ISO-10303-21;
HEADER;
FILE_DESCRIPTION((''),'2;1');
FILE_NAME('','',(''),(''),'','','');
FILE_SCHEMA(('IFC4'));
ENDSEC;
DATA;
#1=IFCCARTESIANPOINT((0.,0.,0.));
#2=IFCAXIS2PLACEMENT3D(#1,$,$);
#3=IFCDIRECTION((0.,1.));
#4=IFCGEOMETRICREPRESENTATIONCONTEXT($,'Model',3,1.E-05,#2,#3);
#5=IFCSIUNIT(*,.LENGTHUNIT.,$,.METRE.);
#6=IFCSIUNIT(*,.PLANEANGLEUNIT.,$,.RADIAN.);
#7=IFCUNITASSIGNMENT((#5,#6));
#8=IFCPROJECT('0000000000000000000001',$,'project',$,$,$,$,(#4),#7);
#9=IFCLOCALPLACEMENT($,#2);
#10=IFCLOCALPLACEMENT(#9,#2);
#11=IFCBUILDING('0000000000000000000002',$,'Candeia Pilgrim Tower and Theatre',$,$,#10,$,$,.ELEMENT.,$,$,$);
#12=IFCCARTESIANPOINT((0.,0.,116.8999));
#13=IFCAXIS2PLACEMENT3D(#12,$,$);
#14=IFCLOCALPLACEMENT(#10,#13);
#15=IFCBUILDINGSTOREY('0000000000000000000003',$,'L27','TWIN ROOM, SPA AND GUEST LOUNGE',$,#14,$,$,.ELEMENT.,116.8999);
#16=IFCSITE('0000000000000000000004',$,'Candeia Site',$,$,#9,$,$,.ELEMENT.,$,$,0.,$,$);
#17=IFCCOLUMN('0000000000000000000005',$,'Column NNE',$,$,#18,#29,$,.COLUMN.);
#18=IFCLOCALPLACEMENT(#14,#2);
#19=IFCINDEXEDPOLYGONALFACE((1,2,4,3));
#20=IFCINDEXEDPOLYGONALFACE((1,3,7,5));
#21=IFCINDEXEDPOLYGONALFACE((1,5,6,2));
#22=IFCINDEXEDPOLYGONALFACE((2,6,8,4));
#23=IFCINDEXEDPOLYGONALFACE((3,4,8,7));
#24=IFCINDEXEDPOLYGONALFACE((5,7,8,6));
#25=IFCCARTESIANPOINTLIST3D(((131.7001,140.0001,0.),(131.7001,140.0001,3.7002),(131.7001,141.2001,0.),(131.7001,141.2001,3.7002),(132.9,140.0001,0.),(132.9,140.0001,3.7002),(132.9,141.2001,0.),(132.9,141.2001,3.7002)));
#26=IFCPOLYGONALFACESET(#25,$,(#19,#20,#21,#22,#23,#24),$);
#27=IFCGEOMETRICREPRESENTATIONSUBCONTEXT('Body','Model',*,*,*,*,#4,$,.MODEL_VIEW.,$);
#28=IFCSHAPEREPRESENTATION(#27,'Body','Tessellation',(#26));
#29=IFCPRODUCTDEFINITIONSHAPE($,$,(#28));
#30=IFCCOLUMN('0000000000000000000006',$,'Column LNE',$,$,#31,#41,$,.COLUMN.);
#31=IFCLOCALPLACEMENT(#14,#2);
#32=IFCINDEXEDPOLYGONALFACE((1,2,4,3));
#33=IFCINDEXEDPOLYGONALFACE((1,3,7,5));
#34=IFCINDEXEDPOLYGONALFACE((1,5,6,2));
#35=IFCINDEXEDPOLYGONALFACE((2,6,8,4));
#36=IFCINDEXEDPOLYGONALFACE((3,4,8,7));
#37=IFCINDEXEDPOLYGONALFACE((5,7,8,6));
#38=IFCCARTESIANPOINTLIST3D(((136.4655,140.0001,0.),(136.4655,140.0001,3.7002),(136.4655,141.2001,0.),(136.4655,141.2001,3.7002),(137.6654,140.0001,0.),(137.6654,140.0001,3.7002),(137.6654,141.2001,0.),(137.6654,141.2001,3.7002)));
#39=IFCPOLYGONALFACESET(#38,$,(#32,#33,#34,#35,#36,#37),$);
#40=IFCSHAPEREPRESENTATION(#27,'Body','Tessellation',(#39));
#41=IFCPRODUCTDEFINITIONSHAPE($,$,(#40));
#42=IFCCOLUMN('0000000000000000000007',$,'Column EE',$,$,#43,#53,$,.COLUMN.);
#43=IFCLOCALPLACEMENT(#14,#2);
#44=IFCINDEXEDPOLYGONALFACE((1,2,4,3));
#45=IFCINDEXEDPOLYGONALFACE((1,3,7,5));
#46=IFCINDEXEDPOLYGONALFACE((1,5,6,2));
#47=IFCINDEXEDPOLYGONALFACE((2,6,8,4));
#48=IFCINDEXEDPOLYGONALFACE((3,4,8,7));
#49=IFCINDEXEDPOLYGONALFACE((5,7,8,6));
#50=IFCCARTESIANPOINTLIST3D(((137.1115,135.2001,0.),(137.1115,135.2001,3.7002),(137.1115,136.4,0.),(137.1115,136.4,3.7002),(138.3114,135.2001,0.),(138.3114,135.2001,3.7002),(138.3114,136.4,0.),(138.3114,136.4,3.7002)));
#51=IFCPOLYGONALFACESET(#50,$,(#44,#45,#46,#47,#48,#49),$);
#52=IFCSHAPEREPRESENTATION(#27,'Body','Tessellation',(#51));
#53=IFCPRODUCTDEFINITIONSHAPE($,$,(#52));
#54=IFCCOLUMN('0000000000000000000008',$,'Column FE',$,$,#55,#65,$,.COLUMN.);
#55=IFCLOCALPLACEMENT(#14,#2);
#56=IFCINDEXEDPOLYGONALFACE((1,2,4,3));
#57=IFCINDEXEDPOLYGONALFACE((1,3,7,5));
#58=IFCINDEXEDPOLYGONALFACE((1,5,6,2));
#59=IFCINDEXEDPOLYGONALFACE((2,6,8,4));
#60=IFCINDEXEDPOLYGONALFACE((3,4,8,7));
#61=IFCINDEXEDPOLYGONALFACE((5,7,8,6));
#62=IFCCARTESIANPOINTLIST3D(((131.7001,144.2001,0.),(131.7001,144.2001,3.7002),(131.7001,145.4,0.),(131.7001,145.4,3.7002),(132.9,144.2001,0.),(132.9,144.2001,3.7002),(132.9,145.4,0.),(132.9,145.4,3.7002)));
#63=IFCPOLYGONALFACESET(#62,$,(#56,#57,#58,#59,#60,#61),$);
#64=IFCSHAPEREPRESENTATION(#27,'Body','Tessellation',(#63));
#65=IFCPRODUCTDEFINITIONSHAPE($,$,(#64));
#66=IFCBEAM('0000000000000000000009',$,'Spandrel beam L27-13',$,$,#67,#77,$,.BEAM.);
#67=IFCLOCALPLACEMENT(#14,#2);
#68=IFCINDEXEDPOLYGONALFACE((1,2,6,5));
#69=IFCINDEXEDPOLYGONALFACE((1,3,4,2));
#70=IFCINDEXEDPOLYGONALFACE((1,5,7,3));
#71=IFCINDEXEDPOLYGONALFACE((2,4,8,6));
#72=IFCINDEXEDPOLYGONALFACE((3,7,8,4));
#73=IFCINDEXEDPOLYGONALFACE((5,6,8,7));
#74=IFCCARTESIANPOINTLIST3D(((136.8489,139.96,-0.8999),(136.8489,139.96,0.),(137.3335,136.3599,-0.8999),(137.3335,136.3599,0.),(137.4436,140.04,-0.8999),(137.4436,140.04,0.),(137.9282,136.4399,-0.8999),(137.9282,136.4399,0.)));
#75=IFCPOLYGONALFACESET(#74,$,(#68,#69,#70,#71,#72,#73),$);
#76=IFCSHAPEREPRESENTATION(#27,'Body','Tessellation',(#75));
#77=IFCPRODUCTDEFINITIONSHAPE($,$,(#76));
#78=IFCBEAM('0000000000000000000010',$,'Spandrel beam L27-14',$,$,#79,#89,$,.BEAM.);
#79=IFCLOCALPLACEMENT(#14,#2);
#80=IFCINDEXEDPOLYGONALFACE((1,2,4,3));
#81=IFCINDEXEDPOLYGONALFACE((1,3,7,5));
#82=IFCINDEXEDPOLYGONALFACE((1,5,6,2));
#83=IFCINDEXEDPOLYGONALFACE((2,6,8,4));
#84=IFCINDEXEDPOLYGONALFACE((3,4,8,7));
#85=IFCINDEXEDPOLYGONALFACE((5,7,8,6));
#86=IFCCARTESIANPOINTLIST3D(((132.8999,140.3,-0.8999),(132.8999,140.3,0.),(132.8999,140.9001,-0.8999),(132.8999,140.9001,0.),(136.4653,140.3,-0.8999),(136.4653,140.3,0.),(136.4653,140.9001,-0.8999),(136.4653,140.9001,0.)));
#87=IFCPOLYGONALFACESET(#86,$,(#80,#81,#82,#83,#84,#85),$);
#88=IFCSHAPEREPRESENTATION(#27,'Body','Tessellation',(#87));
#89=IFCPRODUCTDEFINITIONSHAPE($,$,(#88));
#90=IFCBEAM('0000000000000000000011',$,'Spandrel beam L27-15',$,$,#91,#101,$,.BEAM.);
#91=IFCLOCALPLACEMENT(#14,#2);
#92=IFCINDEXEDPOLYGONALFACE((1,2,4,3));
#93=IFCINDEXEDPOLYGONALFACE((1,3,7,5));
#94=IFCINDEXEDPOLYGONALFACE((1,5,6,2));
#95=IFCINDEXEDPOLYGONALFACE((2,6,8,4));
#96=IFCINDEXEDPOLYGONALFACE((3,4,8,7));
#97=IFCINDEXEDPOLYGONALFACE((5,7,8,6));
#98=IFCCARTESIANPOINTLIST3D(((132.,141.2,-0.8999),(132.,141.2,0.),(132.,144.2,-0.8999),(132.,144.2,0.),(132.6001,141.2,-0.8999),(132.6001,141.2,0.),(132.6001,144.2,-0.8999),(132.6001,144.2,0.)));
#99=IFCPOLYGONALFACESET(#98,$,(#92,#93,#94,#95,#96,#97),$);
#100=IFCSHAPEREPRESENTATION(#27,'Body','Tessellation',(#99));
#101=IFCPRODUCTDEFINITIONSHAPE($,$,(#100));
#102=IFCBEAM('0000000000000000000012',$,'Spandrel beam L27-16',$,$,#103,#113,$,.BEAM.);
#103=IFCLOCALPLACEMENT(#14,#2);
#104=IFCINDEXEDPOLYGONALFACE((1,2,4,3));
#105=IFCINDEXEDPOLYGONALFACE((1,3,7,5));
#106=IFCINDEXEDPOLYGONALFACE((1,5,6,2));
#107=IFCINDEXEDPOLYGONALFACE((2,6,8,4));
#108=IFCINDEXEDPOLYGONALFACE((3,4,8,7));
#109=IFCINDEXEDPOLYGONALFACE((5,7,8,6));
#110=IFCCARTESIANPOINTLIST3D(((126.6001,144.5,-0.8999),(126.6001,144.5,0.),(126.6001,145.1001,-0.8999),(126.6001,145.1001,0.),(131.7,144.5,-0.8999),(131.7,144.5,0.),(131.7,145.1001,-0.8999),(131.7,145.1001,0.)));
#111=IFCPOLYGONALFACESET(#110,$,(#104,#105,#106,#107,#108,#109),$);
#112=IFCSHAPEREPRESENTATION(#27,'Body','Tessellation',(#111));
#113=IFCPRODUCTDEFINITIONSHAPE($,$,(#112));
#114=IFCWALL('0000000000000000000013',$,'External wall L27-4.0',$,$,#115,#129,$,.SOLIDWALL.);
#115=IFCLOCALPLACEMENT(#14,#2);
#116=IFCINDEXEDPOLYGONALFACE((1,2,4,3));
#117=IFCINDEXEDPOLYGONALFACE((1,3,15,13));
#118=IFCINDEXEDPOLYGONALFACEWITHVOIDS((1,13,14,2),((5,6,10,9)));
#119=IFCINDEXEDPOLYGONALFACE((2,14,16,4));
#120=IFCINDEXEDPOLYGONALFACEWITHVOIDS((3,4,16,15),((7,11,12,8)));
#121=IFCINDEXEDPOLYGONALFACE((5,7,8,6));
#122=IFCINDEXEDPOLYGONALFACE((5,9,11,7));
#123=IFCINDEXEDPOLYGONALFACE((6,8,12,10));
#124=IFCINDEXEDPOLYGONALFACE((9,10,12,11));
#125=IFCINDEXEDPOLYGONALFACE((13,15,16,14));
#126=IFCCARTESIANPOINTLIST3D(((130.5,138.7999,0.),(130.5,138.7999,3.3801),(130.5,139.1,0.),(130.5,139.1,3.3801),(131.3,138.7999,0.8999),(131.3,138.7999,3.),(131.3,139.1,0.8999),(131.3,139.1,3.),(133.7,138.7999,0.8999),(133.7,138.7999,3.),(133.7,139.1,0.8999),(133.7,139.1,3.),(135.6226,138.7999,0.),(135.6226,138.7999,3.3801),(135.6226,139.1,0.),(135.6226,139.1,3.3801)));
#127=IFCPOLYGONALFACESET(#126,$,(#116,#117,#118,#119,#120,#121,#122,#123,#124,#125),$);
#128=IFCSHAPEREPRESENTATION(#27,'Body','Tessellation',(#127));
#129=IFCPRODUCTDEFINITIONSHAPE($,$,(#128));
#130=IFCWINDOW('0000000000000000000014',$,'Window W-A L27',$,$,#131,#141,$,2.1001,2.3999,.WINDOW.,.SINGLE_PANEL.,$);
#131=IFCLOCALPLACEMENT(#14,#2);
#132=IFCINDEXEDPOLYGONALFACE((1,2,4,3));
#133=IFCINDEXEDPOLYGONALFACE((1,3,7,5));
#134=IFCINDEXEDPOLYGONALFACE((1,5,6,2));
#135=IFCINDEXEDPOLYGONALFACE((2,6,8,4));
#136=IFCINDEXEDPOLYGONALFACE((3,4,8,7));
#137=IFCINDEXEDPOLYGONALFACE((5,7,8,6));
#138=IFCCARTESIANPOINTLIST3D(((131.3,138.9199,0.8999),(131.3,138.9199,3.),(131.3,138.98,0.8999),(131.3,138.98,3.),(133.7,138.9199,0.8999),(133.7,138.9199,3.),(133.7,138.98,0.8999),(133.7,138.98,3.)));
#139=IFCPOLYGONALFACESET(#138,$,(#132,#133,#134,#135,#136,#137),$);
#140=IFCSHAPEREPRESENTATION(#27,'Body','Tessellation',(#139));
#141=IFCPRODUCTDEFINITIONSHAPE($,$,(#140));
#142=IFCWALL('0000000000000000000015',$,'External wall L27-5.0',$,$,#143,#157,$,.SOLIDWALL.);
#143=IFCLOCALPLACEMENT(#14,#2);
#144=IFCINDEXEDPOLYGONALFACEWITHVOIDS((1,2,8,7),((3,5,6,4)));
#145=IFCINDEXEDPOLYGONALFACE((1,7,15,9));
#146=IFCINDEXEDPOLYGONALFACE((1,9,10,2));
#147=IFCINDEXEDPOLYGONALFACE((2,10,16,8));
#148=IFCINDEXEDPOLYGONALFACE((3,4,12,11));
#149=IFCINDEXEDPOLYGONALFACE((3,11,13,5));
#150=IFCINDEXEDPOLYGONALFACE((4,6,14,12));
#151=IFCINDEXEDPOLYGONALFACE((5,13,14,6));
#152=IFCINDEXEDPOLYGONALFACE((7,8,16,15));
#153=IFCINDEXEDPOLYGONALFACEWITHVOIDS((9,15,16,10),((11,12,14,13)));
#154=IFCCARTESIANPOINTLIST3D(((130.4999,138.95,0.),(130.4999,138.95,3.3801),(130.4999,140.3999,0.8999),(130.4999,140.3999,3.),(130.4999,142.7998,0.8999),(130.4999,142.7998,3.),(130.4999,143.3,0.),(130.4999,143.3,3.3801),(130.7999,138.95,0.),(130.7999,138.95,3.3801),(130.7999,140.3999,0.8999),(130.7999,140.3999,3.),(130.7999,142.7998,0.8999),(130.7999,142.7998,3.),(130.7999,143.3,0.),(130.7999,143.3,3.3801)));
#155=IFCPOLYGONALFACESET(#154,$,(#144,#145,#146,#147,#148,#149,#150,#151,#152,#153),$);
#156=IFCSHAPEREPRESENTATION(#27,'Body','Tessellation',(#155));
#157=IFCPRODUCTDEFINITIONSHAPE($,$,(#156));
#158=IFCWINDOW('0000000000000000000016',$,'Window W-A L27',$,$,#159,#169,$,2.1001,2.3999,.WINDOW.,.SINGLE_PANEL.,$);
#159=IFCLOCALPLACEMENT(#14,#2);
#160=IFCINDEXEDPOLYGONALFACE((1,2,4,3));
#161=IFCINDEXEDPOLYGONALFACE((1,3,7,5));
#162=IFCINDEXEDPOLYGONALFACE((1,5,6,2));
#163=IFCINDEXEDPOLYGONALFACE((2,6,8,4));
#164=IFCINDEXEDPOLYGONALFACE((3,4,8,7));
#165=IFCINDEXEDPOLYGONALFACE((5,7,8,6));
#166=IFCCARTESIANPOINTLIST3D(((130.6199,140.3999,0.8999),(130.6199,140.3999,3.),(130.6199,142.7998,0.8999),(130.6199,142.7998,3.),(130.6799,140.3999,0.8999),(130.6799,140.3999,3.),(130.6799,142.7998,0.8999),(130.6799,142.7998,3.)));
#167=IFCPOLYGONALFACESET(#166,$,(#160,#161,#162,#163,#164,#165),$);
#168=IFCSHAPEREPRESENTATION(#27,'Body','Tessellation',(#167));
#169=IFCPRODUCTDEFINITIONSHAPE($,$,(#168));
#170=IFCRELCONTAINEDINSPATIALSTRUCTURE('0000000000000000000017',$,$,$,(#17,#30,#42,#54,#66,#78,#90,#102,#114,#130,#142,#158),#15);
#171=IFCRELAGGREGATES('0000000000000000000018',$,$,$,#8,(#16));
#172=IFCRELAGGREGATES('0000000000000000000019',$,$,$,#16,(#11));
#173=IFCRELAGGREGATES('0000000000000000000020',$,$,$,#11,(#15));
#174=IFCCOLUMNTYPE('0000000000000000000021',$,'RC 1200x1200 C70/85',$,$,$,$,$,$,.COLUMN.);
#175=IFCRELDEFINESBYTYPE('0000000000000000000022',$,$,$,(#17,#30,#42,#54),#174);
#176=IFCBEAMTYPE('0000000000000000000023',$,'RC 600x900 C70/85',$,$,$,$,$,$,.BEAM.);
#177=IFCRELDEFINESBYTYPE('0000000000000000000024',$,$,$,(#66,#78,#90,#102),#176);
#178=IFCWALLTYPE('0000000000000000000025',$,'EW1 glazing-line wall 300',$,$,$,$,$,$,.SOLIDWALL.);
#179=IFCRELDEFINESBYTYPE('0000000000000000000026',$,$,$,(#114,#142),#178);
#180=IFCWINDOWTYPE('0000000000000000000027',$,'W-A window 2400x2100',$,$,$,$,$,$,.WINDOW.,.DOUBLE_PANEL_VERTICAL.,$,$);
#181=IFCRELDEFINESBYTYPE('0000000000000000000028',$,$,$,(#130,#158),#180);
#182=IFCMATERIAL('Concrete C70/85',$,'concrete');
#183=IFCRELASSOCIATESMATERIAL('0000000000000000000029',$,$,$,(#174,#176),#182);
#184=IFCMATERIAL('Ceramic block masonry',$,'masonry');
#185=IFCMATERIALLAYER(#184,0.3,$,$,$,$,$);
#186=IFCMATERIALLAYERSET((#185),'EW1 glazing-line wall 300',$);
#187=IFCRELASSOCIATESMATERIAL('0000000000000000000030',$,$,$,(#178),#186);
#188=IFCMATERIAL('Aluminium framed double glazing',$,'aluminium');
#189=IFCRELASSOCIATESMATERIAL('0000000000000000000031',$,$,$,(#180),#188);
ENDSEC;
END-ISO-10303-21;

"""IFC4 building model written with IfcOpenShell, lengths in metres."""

from ifc_helpers import new_model, si_unit, direction, frame, frame_2d, origin, origin_2d, place, context, subcontext, project, spatial, rectangle, extrude, material, layer, layer_set, material_profile, profile_set, type_object, element, fill, save


model = new_model("IFC4")

# Units and contexts
model_context = context("Model", 3, precision=1e-05, world=origin(), true_north=direction((0.0, 1.0)))
body_context = subcontext(model_context, "Body", "Model", "MODEL_VIEW")
ifc_project = project(units=[si_unit("LENGTHUNIT", "METRE"), si_unit("PLANEANGLEUNIT", "RADIAN")], contexts=[model_context])

# Site, building, storey
site_placement = place(None, origin())
site = spatial("IfcSite", under=ifc_project, at=site_placement, Name="Candeia Site", CompositionType="ELEMENT", RefElevation=0.0)
building_placement = place(site_placement, origin())
building = spatial("IfcBuilding", under=site, at=building_placement, Name="Candeia Pilgrim Tower and Theatre", CompositionType="ELEMENT")
storey_placement = place(building_placement, frame((0.0, 0.0, 116.8999)))
storey = spatial("IfcBuildingStorey", under=building, at=storey_placement, Name="L27", Description="TWIN ROOM, SPA AND GUEST LOUNGE", CompositionType="ELEMENT", Elevation=116.8999)

# Columns
ifc_material_1 = material(Name="Concrete C70/85", Category="concrete")
ifc_material_profile_1 = material_profile(ifc_material_1, rectangle(XDim=1.2, YDim=1.2, at=origin_2d()))
ifc_profile_set_1 = profile_set([ifc_material_profile_1], Name="Concrete C70/85")
column_type = type_object("IfcColumnType", Name="RC 1200x1200 C70/85", PredefinedType="COLUMN", material=ifc_profile_set_1)
for number, where, z_axis, x_axis, name in (
    (1, (132.3, 140.6001, 0.0), (0.0, 0.0, 1.0), (1.0, 0.0, 0.0), "Column NNE"),
    (2, (137.0654, 140.6001, 0.0), (0.0, 0.0, 1.0), (1.0, 0.0, 0.0), "Column LNE"),
    (3, (137.7114, 135.8, 0.0), (0.0, 0.0, 1.0), (1.0, 0.0, 0.0), "Column EE"),
    (4, (132.3, 144.8, 0.0), (0.0, 0.0, 1.0), (1.0, 0.0, 0.0), "Column FE"),
):
    element("IfcColumn", number, at=place(storey_placement, frame(where, z_axis=z_axis, x_axis=x_axis)), inside=storey, type_object=column_type, Name=name, PredefinedType="COLUMN", context=body_context, shape_type="SweptSolid", body=[
        extrude(rectangle(XDim=1.2, YDim=1.2, at=origin_2d()), origin(), (0.0, 0.0, 1.0), 3.7002),
    ])

# Beams
ifc_material_profile_2 = material_profile(ifc_material_1, rectangle(XDim=0.6001, YDim=0.8999, at=origin_2d()))
ifc_profile_set_2 = profile_set([ifc_material_profile_2], Name="Concrete C70/85")
beam_type = type_object("IfcBeamType", Name="RC 600x900 C70/85", PredefinedType="BEAM", material=ifc_profile_set_2)
beam_1_placement = place(storey_placement, frame((137.6309, 136.3999, -0.45), z_axis=(-0.133409, 0.991061, 0.0), x_axis=(-0.991061, -0.133409, 0.0)))
element("IfcBeam", 5, at=beam_1_placement, inside=storey, type_object=beam_type, Name="Spandrel beam L27-13", PredefinedType="BEAM", context=body_context, shape_type="SweptSolid", body=[
    extrude(rectangle(XDim=0.6001, YDim=0.8999, at=origin_2d()), origin(), (0.0, 0.0, 1.0), 3.6326),
])
beam_2_placement = place(storey_placement, frame((136.4653, 140.6001, -0.45), z_axis=(-1.0, 0.0, 0.0), x_axis=(0.0, -1.0, 0.0)))
element("IfcBeam", 6, at=beam_2_placement, inside=storey, type_object=beam_type, Name="Spandrel beam L27-14", PredefinedType="BEAM", context=body_context, shape_type="SweptSolid", body=[
    extrude(rectangle(XDim=0.6001, YDim=0.8999, at=origin_2d()), origin(), (0.0, 0.0, 1.0), 3.5654),
])
beam_3_placement = place(storey_placement, frame((132.3, 141.2, -0.45), z_axis=(0.0, 1.0, 0.0), x_axis=(-1.0, 0.0, 0.0)))
element("IfcBeam", 7, at=beam_3_placement, inside=storey, type_object=beam_type, Name="Spandrel beam L27-15", PredefinedType="BEAM", context=body_context, shape_type="SweptSolid", body=[
    extrude(rectangle(XDim=0.6001, YDim=0.8999, at=origin_2d()), origin(), (0.0, 0.0, 1.0), 3.0),
])
beam_4_placement = place(storey_placement, frame((131.7, 144.8, -0.45), z_axis=(-1.0, 0.0, 0.0), x_axis=(0.0, -1.0, 0.0)))
element("IfcBeam", 8, at=beam_4_placement, inside=storey, type_object=beam_type, Name="Spandrel beam L27-16", PredefinedType="BEAM", context=body_context, shape_type="SweptSolid", body=[
    extrude(rectangle(XDim=0.6001, YDim=0.8999, at=origin_2d()), origin(), (0.0, 0.0, 1.0), 5.0999),
])

# Walls, openings, windows
ifc_material_2 = material(Name="Ceramic block masonry", Category="masonry")
ifc_layer_1 = layer(ifc_material_2, 0.3)
ifc_layer_set_1 = layer_set([ifc_layer_1], Name="EW1 glazing-line wall 300")
wall_type_1 = type_object("IfcWallType", Name="EW1 glazing-line wall 300", PredefinedType="SOLIDWALL", material=ifc_layer_set_1)
wall_1_placement = place(storey_placement, frame((135.6226, 138.95, 0.0), z_axis=(0.0, 0.0, 1.0), x_axis=(-1.0, 0.0, 0.0)))
wall_1 = element("IfcWall", 9, at=wall_1_placement, inside=storey, type_object=wall_type_1, Name="External wall L27-4.0", PredefinedType="SOLIDWALL", context=body_context, shape_type="SweptSolid", body=[
    extrude(rectangle(XDim=5.1226, YDim=0.3, at=frame_2d((2.5613, 0.0))), origin(), (0.0, 0.0, 1.0), 3.3801),
])
opening_1_placement = place(wall_1_placement, frame((1.9226, 0.0, 0.8999)))
opening_1 = element("IfcOpeningElement", 10, at=opening_1_placement, cuts=wall_1, PredefinedType="OPENING", context=body_context, shape_type="SweptSolid", body=[
    extrude(rectangle(XDim=2.3999, YDim=2.1001, at=frame_2d((1.2, 1.05))), frame((0.0, 0.1602, 0.0), z_axis=(0.0, -1.0, 0.0), x_axis=(1.0, 0.0, 0.0)), (0.0, 0.0, 1.0), 0.3201),
])
ifc_material_3 = material(Name="Aluminium framed double glazing", Category="aluminium")
window_type = type_object("IfcWindowType", Name="W-A window 2400x2100", PartitioningType="DOUBLE_PANEL_VERTICAL", PredefinedType="WINDOW", material=ifc_material_3)
window_1_placement = place(opening_1_placement, origin())
window_1 = element("IfcWindow", 11, at=window_1_placement, inside=storey, type_object=window_type, Name="Window W-A L27", OverallHeight=2.1001, OverallWidth=2.3999, PartitioningType="SINGLE_PANEL", PredefinedType="WINDOW", context=body_context, shape_type="SweptSolid", body=[
    extrude(rectangle(XDim=2.3999, YDim=2.1001, at=frame_2d((1.2, 1.05))), frame((0.0, 0.03, 0.0), z_axis=(0.0, -1.0, 0.0), x_axis=(1.0, 0.0, 0.0)), (0.0, 0.0, 1.0), 0.0601),
])
fill(opening_1, window_1)
wall_2_placement = place(storey_placement, frame((130.6499, 138.95, 0.0), z_axis=(0.0, 0.0, 1.0), x_axis=(0.0, 1.0, 0.0)))
wall_2 = element("IfcWall", 12, at=wall_2_placement, inside=storey, type_object=wall_type_1, Name="External wall L27-5.0", PredefinedType="SOLIDWALL", context=body_context, shape_type="SweptSolid", body=[
    extrude(rectangle(XDim=4.3501, YDim=0.3, at=frame_2d((2.175, 0.0))), origin(), (0.0, 0.0, 1.0), 3.3801),
])
opening_2_placement = place(wall_2_placement, frame((1.45, 0.0, 0.8999)))
opening_2 = element("IfcOpeningElement", 13, at=opening_2_placement, cuts=wall_2, PredefinedType="OPENING", context=body_context, shape_type="SweptSolid", body=[
    extrude(rectangle(XDim=2.3999, YDim=2.1001, at=frame_2d((1.2, 1.05))), frame((0.0, 0.1602, 0.0), z_axis=(0.0, -1.0, 0.0), x_axis=(1.0, 0.0, 0.0)), (0.0, 0.0, 1.0), 0.3201),
])
window_2_placement = place(opening_2_placement, origin())
window_2 = element("IfcWindow", 14, at=window_2_placement, inside=storey, type_object=window_type, Name="Window W-A L27", OverallHeight=2.1001, OverallWidth=2.3999, PartitioningType="SINGLE_PANEL", PredefinedType="WINDOW", context=body_context, shape_type="SweptSolid", body=[
    extrude(rectangle(XDim=2.3999, YDim=2.1001, at=frame_2d((1.2, 1.05))), frame((0.0, 0.03, 0.0), z_axis=(0.0, -1.0, 0.0), x_axis=(1.0, 0.0, 0.0)), (0.0, 0.0, 1.0), 0.0601),
])
fill(opening_2, window_2)

save(model, "model.ifc")
